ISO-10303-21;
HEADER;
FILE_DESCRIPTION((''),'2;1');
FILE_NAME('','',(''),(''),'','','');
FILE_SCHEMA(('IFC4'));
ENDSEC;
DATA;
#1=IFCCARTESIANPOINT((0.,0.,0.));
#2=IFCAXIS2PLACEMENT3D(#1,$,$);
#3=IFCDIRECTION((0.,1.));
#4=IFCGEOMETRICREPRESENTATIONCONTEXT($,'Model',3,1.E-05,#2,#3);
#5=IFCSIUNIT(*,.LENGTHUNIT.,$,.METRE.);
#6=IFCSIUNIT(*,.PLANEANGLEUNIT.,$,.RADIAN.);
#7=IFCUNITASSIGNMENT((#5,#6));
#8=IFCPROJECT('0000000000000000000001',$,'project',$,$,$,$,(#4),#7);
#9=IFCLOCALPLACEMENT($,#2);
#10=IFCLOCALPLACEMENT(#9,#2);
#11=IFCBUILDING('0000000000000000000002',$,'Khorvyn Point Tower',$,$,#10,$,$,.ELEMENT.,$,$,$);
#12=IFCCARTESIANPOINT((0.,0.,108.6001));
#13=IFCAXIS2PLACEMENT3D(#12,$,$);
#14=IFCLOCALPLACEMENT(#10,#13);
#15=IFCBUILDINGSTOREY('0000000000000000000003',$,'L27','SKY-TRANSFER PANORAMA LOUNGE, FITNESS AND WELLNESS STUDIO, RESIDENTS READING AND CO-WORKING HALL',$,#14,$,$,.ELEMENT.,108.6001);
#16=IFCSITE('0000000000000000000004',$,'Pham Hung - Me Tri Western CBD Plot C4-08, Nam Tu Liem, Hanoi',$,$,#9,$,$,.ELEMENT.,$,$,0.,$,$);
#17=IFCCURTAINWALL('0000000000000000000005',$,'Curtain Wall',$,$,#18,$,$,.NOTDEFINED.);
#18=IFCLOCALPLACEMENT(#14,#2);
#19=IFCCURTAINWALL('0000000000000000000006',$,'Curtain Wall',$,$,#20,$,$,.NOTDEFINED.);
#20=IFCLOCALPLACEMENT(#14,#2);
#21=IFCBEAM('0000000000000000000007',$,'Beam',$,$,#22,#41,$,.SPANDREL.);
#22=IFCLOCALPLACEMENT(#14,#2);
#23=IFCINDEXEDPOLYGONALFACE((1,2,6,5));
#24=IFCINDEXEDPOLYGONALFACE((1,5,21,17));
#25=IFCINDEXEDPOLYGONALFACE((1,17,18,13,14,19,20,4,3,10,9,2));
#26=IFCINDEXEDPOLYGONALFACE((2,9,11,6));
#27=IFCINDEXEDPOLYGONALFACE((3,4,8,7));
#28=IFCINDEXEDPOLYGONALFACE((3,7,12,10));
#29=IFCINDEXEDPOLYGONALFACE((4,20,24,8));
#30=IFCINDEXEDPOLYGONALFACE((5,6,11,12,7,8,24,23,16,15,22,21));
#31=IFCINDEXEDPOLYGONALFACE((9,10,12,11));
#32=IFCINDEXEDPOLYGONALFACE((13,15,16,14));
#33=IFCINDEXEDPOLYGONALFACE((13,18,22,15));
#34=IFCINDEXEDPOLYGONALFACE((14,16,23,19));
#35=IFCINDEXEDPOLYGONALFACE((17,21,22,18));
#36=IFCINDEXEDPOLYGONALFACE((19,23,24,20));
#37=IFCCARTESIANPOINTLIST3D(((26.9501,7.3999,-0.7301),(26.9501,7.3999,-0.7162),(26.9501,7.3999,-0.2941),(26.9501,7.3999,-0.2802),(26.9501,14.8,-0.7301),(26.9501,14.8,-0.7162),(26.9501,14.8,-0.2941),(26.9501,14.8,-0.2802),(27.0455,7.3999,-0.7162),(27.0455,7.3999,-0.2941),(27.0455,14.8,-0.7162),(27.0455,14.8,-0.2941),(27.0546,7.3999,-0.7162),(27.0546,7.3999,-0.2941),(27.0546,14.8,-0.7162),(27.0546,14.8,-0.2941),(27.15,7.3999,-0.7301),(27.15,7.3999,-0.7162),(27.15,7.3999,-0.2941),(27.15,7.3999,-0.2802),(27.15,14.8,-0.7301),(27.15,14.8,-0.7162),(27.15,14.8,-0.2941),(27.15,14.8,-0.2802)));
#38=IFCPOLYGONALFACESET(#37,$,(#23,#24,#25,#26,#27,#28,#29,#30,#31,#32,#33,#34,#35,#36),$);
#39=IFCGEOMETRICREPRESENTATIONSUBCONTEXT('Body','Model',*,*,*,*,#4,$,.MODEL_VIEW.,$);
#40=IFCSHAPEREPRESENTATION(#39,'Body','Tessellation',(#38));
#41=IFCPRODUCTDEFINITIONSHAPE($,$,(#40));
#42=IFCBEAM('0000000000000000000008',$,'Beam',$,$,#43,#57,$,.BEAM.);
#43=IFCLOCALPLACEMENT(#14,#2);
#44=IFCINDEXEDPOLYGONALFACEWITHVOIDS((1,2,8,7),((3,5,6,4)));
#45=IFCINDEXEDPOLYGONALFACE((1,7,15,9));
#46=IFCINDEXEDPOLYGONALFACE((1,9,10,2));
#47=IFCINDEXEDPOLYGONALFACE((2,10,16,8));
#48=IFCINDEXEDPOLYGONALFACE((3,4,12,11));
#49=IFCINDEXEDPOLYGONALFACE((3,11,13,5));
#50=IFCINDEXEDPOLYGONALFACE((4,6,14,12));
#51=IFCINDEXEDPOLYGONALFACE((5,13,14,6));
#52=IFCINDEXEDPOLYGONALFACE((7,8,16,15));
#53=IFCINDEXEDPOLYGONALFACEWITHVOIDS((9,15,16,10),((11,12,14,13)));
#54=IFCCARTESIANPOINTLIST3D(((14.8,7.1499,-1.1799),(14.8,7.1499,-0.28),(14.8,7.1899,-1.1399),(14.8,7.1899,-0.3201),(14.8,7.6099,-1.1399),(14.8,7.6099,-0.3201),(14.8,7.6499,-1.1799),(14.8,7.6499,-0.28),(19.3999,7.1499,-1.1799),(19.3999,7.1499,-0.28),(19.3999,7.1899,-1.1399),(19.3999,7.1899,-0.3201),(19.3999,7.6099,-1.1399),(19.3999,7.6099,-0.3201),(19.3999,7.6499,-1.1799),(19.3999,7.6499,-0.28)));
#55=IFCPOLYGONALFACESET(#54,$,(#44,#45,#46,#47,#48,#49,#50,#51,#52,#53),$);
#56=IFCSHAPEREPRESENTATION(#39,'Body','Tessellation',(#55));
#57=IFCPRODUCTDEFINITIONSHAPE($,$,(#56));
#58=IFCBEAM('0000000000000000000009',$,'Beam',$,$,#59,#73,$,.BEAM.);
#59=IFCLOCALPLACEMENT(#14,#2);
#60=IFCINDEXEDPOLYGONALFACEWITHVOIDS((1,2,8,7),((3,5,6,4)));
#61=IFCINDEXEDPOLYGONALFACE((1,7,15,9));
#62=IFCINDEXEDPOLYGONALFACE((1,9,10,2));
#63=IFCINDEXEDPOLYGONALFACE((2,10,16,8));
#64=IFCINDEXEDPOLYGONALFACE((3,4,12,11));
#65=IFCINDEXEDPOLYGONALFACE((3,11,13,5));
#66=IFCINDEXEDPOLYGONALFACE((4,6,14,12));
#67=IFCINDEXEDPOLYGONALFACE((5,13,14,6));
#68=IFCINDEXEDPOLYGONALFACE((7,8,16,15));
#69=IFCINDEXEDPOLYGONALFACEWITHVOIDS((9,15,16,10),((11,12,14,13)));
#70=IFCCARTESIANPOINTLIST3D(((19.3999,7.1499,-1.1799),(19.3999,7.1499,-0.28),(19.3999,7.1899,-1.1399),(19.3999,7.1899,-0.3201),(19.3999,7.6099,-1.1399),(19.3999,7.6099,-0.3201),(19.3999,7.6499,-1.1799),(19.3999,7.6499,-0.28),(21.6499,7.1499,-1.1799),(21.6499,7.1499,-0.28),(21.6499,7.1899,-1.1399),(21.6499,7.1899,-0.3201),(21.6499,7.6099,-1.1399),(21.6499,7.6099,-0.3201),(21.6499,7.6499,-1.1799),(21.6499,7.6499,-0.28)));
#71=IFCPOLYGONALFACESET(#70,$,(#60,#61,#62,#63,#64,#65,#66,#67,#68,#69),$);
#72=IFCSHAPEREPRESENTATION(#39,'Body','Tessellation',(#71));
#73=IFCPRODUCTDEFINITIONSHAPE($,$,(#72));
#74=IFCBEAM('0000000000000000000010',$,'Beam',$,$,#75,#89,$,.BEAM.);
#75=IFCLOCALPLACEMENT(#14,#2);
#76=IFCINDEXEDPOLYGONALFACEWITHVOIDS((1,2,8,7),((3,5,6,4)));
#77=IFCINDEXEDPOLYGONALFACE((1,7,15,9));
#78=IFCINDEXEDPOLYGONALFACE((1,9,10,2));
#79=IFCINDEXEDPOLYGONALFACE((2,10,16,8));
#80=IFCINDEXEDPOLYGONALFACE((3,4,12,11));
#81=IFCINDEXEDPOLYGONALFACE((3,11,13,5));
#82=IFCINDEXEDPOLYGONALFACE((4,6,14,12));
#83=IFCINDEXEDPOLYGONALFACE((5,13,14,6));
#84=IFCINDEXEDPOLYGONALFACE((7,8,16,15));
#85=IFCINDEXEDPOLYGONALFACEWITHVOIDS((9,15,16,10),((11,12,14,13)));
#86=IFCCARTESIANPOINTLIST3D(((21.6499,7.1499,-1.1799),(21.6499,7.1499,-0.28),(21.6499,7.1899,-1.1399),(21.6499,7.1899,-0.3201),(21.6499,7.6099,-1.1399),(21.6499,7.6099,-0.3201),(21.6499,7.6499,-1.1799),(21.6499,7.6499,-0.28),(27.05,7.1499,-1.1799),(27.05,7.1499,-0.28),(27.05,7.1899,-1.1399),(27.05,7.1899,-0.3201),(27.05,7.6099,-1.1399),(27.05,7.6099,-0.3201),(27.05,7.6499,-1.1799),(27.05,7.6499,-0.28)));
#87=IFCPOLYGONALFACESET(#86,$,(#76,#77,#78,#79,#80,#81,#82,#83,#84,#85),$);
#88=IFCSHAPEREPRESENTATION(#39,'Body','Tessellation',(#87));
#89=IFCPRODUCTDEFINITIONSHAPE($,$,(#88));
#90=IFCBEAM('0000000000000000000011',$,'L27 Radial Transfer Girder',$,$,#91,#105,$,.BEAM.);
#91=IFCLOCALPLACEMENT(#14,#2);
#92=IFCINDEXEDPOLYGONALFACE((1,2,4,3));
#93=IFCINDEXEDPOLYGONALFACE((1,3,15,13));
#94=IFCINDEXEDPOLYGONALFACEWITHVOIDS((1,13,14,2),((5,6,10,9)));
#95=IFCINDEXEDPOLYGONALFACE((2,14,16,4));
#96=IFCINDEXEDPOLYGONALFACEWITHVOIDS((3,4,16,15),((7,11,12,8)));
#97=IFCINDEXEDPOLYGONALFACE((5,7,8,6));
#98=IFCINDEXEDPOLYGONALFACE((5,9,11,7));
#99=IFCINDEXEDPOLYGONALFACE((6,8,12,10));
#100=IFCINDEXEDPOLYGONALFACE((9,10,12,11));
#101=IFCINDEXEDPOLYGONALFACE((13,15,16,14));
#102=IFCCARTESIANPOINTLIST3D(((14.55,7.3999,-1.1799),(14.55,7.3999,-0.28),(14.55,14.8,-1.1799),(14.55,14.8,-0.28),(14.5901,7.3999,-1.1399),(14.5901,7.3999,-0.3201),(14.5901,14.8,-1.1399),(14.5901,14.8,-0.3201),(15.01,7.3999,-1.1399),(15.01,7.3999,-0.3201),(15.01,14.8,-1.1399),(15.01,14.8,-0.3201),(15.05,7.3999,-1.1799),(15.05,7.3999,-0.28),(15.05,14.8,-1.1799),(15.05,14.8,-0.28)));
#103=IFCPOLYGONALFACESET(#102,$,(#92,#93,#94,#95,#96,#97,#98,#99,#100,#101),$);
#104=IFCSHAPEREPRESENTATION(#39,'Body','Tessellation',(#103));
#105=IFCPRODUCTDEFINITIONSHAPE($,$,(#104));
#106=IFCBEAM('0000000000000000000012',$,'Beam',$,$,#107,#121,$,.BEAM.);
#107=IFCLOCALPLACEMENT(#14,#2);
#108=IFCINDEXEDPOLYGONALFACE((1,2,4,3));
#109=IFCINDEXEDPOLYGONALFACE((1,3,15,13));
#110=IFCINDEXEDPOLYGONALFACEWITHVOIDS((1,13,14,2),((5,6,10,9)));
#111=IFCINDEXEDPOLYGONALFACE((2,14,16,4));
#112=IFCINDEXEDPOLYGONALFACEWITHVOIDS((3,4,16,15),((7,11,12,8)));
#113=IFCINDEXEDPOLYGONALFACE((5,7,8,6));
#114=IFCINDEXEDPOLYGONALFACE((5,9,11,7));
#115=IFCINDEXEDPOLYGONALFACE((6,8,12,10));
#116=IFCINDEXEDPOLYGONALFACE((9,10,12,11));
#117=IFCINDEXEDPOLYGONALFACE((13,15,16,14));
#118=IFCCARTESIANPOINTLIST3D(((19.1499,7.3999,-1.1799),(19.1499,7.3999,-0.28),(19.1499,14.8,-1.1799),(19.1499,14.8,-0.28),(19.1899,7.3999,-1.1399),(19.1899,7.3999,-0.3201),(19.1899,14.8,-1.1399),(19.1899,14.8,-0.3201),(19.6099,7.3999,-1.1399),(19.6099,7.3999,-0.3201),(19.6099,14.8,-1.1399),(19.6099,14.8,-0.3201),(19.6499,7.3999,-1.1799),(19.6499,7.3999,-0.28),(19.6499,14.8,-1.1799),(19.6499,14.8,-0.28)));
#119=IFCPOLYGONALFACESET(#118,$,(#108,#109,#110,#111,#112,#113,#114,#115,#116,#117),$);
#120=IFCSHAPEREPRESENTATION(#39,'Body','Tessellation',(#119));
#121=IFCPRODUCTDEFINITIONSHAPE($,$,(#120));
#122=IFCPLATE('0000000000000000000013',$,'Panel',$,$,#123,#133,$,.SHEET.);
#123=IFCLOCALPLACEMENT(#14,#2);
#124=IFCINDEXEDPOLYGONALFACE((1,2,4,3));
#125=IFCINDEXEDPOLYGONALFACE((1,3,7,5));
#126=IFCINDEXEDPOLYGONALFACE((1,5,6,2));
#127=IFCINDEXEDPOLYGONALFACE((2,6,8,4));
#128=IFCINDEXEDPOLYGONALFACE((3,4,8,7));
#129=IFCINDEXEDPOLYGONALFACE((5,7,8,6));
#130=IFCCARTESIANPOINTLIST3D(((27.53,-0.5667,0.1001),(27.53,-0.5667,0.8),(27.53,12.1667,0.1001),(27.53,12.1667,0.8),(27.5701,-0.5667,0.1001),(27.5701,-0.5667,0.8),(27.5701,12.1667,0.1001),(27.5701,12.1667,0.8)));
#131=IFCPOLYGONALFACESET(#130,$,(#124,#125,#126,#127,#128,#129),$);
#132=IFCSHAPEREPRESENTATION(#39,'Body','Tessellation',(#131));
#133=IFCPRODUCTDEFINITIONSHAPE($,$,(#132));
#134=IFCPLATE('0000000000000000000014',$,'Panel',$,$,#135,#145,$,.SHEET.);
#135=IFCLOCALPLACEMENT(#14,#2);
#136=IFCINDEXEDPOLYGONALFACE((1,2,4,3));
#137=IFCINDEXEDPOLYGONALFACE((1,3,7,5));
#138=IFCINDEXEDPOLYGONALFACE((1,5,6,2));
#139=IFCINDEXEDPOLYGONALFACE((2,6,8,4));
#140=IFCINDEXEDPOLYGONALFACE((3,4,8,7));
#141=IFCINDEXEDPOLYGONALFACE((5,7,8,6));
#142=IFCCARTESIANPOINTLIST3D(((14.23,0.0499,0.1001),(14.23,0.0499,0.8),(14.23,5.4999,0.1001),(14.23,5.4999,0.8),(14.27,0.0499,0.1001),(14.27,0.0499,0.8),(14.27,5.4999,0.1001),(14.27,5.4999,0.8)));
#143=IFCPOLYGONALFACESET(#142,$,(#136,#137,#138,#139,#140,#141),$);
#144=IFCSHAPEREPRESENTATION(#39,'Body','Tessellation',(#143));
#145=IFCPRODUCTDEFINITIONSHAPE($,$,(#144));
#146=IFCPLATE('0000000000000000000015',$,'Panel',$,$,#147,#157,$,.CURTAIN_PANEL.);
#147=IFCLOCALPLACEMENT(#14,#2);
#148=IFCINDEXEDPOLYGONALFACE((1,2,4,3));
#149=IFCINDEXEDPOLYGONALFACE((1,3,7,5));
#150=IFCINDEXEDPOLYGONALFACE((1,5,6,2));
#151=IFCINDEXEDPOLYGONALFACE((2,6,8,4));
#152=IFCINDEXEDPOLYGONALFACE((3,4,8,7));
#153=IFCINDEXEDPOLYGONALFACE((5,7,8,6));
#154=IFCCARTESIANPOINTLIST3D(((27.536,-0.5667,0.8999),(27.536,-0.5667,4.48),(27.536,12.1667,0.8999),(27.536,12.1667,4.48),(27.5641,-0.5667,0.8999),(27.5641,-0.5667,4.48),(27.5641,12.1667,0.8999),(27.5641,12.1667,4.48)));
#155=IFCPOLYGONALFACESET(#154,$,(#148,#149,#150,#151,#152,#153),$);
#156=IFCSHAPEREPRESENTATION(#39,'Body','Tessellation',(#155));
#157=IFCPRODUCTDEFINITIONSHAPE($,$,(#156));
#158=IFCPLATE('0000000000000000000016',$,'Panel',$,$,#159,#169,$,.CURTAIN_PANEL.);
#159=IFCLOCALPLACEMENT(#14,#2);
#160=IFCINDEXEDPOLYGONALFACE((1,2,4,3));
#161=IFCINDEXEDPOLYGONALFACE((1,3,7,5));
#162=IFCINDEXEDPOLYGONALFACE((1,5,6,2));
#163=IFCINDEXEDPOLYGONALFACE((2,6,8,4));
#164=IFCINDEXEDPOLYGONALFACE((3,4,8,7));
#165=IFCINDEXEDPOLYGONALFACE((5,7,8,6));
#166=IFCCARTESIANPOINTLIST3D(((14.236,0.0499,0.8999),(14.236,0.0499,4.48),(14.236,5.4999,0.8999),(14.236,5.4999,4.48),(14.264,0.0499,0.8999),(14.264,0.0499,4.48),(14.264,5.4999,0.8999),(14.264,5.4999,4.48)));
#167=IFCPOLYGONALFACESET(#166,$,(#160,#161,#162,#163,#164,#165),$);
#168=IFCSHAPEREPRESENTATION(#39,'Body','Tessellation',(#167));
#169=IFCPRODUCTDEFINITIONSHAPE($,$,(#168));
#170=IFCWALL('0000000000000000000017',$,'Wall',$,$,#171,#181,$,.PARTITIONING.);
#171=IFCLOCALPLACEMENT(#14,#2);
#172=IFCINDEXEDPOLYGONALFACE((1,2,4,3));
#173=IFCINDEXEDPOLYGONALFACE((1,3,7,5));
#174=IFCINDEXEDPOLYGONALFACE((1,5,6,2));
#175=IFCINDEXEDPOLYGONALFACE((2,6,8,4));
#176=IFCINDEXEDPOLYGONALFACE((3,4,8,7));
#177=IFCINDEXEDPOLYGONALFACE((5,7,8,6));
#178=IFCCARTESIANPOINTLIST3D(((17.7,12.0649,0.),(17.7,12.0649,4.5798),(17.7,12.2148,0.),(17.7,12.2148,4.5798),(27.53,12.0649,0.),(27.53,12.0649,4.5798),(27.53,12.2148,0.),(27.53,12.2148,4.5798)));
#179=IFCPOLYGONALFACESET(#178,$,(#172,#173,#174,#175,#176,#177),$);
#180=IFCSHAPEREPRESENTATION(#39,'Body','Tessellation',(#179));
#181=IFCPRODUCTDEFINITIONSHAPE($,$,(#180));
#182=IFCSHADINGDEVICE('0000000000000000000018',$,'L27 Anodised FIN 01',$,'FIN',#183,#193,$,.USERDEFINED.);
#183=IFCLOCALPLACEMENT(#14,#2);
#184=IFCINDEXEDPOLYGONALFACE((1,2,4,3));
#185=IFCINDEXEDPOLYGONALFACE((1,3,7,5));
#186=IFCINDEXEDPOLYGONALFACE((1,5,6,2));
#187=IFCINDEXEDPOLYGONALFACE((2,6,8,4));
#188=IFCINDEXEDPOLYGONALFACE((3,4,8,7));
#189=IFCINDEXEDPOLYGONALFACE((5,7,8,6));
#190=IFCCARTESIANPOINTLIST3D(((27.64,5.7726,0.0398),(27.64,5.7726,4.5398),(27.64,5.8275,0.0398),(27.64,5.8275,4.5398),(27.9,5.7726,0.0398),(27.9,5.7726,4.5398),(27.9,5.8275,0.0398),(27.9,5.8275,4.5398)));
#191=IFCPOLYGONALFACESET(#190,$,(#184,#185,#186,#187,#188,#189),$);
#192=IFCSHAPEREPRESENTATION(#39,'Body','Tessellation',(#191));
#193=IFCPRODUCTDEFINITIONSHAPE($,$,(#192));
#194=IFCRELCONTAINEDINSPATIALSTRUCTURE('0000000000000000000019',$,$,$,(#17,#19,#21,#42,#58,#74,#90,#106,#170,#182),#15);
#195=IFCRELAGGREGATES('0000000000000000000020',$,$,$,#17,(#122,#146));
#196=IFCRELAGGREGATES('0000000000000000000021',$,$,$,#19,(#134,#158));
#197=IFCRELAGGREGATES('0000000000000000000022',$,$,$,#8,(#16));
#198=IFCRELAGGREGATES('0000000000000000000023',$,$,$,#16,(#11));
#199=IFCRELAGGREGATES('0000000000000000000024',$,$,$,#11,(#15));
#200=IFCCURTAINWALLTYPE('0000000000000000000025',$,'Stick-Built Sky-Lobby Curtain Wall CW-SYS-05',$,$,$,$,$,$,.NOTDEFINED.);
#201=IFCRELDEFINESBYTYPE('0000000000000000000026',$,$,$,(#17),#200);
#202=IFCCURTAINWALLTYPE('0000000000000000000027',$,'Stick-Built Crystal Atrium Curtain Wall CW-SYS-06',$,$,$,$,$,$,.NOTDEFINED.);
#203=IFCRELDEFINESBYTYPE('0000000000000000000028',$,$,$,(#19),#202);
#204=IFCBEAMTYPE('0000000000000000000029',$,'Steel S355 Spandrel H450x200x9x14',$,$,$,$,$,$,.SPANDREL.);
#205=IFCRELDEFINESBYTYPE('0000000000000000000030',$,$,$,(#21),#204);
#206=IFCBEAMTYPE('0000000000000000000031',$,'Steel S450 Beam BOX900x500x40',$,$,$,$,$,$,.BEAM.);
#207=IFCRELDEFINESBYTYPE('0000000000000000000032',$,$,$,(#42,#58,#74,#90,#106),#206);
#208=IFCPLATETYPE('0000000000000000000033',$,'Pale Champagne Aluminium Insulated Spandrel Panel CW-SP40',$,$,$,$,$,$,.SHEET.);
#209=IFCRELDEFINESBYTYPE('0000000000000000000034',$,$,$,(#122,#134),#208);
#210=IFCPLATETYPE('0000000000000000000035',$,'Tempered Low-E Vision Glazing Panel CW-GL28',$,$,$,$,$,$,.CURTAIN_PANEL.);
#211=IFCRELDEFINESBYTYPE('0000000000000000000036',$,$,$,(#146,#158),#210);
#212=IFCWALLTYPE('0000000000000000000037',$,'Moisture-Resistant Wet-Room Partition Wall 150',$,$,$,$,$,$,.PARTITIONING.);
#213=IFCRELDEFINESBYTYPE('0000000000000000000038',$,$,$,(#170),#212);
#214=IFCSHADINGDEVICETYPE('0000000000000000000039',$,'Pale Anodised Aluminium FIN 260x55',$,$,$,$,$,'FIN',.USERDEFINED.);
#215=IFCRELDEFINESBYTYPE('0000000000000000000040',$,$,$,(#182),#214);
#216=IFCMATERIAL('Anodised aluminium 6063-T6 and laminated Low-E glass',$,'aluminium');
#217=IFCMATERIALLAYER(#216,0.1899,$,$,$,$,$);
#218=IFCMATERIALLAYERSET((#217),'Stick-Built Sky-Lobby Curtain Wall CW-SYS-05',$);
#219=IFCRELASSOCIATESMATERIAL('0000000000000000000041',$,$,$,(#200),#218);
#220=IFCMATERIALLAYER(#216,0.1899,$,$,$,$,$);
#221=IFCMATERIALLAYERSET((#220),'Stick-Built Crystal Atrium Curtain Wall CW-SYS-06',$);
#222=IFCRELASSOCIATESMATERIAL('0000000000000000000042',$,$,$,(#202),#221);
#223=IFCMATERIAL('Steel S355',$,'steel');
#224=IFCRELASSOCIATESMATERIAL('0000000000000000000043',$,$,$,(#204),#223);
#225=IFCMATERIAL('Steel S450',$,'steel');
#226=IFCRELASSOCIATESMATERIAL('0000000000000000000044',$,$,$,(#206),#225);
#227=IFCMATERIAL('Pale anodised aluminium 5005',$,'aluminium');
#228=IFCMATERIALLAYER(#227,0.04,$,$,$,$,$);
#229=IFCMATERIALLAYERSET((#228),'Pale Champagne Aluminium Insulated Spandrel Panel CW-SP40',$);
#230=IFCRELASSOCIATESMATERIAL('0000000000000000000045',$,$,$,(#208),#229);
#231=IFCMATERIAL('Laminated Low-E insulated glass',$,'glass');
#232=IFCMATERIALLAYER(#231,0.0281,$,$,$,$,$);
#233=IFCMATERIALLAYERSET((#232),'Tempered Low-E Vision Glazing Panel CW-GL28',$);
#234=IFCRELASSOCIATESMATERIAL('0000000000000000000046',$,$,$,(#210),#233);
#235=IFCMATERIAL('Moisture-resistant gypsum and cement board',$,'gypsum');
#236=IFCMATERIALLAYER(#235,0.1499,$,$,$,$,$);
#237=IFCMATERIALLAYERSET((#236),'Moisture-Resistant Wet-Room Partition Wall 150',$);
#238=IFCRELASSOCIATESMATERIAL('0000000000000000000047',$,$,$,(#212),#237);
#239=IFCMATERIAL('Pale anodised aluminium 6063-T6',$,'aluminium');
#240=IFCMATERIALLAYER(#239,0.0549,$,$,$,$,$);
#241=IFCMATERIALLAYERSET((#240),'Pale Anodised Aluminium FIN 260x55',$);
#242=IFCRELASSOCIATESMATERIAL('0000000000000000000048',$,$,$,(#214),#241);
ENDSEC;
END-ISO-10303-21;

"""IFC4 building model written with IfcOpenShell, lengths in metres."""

from ifc_helpers import new_model, si_unit, direction, frame, frame_2d, origin, origin_2d, place, context, subcontext, project, spatial, rectangle, hollow_rectangle, i_section, extrude, material, layer, layer_set, material_profile, profile_set, type_object, element, aggregate, save


model = new_model("IFC4")

# Units and contexts
model_context = context("Model", 3, precision=1e-05, world=origin(), true_north=direction((0.0, 1.0)))
body_context = subcontext(model_context, "Body", "Model", "MODEL_VIEW")
ifc_project = project(units=[si_unit("LENGTHUNIT", "METRE"), si_unit("PLANEANGLEUNIT", "RADIAN")], contexts=[model_context])

# Site, building, storey
site_placement = place(None, origin())
site = spatial("IfcSite", under=ifc_project, at=site_placement, Name="Pham Hung - Me Tri Western CBD Plot C4-08, Nam Tu Liem, Hanoi", CompositionType="ELEMENT", RefElevation=0.0)
building_placement = place(site_placement, origin())
building = spatial("IfcBuilding", under=site, at=building_placement, Name="Khorvyn Point Tower", CompositionType="ELEMENT")
storey_placement = place(building_placement, frame((0.0, 0.0, 108.6001)))
storey = spatial("IfcBuildingStorey", under=building, at=storey_placement, Name="L27", Description="SKY-TRANSFER PANORAMA LOUNGE, FITNESS AND WELLNESS STUDIO, RESIDENTS READING AND CO-WORKING HALL", CompositionType="ELEMENT", Elevation=108.6001)

# Shared definitions
ifc_material_1 = material(Name="Steel S450", Category="steel")

# Curtain walls
ifc_material_2 = material(Name="Anodised aluminium 6063-T6 and laminated Low-E glass", Category="aluminium")
ifc_layer_1 = layer(ifc_material_2, 0.1899)
ifc_layer_set_1 = layer_set([ifc_layer_1], Name="Stick-Built Sky-Lobby Curtain Wall CW-SYS-05")
curtain_wall_type_1 = type_object("IfcCurtainWallType", Name="Stick-Built Sky-Lobby Curtain Wall CW-SYS-05", PredefinedType="NOTDEFINED", material=ifc_layer_set_1)
curtain_wall_1_placement = place(storey_placement, origin())
curtain_wall_1 = element("IfcCurtainWall", 1, at=curtain_wall_1_placement, inside=storey, type_object=curtain_wall_type_1, Name="Curtain Wall", PredefinedType="NOTDEFINED")
ifc_layer_2 = layer(ifc_material_2, 0.1899)
ifc_layer_set_2 = layer_set([ifc_layer_2], Name="Stick-Built Crystal Atrium Curtain Wall CW-SYS-06")
curtain_wall_type_2 = type_object("IfcCurtainWallType", Name="Stick-Built Crystal Atrium Curtain Wall CW-SYS-06", PredefinedType="NOTDEFINED", material=ifc_layer_set_2)
curtain_wall_2_placement = place(storey_placement, origin())
curtain_wall_2 = element("IfcCurtainWall", 2, at=curtain_wall_2_placement, inside=storey, type_object=curtain_wall_type_2, Name="Curtain Wall", PredefinedType="NOTDEFINED")

# Beams
ifc_material_3 = material(Name="Steel S355", Category="steel")
ifc_material_profile_1 = material_profile(ifc_material_3, i_section(OverallWidth=0.2, OverallDepth=0.45, WebThickness=0.009, FlangeThickness=0.0139, at=origin_2d()))
ifc_profile_set_1 = profile_set([ifc_material_profile_1], Name="Steel S355 H450x200x9x14")
beam_type_1 = type_object("IfcBeamType", Name="Steel S355 Spandrel H450x200x9x14", PredefinedType="SPANDREL", material=ifc_profile_set_1)
beam_1_placement = place(storey_placement, frame((27.05, 7.3999, -0.5051), z_axis=(0.0, 1.0, 0.0), x_axis=(-1.0, 0.0, 0.0)))
element("IfcBeam", 3, at=beam_1_placement, inside=storey, type_object=beam_type_1, Name="Beam", PredefinedType="SPANDREL", context=body_context, shape_type="SweptSolid", body=[
    extrude(i_section(OverallWidth=0.2, OverallDepth=0.45, WebThickness=0.009, FlangeThickness=0.0139, at=origin_2d()), origin(), (0.0, 0.0, 1.0), 7.4001),
])
ifc_material_profile_2 = material_profile(ifc_material_1, hollow_rectangle(XDim=0.5, YDim=0.8999, WallThickness=0.04, at=origin_2d()))
ifc_profile_set_2 = profile_set([ifc_material_profile_2], Name="Steel S450 BOX900x500x40")
beam_type_2 = type_object("IfcBeamType", Name="Steel S450 Beam BOX900x500x40", PredefinedType="BEAM", material=ifc_profile_set_2)
beam_2_placement = place(storey_placement, frame((14.8, 7.3999, -0.73), z_axis=(1.0, 0.0, 0.0), x_axis=(0.0, 1.0, 0.0)))
element("IfcBeam", 4, at=beam_2_placement, inside=storey, type_object=beam_type_2, Name="Beam", PredefinedType="BEAM", context=body_context, shape_type="SweptSolid", body=[
    extrude(hollow_rectangle(XDim=0.5, YDim=0.8999, WallThickness=0.04, at=origin_2d()), origin(), (0.0, 0.0, 1.0), 4.5999),
])
beam_3_placement = place(storey_placement, frame((19.3999, 7.3999, -0.73), z_axis=(1.0, 0.0, 0.0), x_axis=(0.0, 1.0, 0.0)))
element("IfcBeam", 5, at=beam_3_placement, inside=storey, type_object=beam_type_2, Name="Beam", PredefinedType="BEAM", context=body_context, shape_type="SweptSolid", body=[
    extrude(hollow_rectangle(XDim=0.5, YDim=0.8999, WallThickness=0.04, at=origin_2d()), origin(), (0.0, 0.0, 1.0), 2.25),
])
beam_4_placement = place(storey_placement, frame((21.6499, 7.3999, -0.73), z_axis=(1.0, 0.0, 0.0), x_axis=(0.0, 1.0, 0.0)))
element("IfcBeam", 6, at=beam_4_placement, inside=storey, type_object=beam_type_2, Name="Beam", PredefinedType="BEAM", context=body_context, shape_type="SweptSolid", body=[
    extrude(hollow_rectangle(XDim=0.5, YDim=0.8999, WallThickness=0.04, at=origin_2d()), origin(), (0.0, 0.0, 1.0), 5.4001),
])
for number, where, z_axis, x_axis, name in (
    (7, (14.8, 7.3999, -0.73), (0.0, 1.0, 0.0), (-1.0, 0.0, 0.0), "L27 Radial Transfer Girder"),
    (8, (19.3999, 7.3999, -0.73), (0.0, 1.0, 0.0), (-1.0, 0.0, 0.0), "Beam"),
):
    element("IfcBeam", number, at=place(storey_placement, frame(where, z_axis=z_axis, x_axis=x_axis)), inside=storey, type_object=beam_type_2, Name=name, PredefinedType="BEAM", context=body_context, shape_type="SweptSolid", body=[
        extrude(hollow_rectangle(XDim=0.5, YDim=0.8999, WallThickness=0.04, at=origin_2d()), origin(), (0.0, 0.0, 1.0), 7.4001),
    ])

# Plates
ifc_material_4 = material(Name="Pale anodised aluminium 5005", Category="aluminium")
ifc_layer_3 = layer(ifc_material_4, 0.04)
ifc_layer_set_3 = layer_set([ifc_layer_3], Name="Pale Champagne Aluminium Insulated Spandrel Panel CW-SP40")
plate_type_1 = type_object("IfcPlateType", Name="Pale Champagne Aluminium Insulated Spandrel Panel CW-SP40", PredefinedType="SHEET", material=ifc_layer_set_3)
plate_1_placement = place(storey_placement, frame((27.55, 5.8, 0.1001), z_axis=(0.0, 0.0, 1.0), x_axis=(0.0, -1.0, 0.0)))
plate_1 = element("IfcPlate", 9, at=plate_1_placement, type_object=plate_type_1, Name="Panel", PredefinedType="SHEET", context=body_context, shape_type="SweptSolid", body=[
    extrude(rectangle(XDim=12.7334, YDim=0.04, at=origin_2d()), origin(), (0.0, 0.0, 1.0), 0.7),
])
plate_2_placement = place(storey_placement, frame((14.25, 2.7749, 0.1001), z_axis=(0.0, 0.0, 1.0), x_axis=(0.0, 1.0, 0.0)))
plate_2 = element("IfcPlate", 10, at=plate_2_placement, type_object=plate_type_1, Name="Panel", PredefinedType="SHEET", context=body_context, shape_type="SweptSolid", body=[
    extrude(rectangle(XDim=5.45, YDim=0.04, at=origin_2d()), origin(), (0.0, 0.0, 1.0), 0.7),
])
ifc_material_5 = material(Name="Laminated Low-E insulated glass", Category="glass")
ifc_layer_4 = layer(ifc_material_5, 0.0281)
ifc_layer_set_4 = layer_set([ifc_layer_4], Name="Tempered Low-E Vision Glazing Panel CW-GL28")
plate_type_2 = type_object("IfcPlateType", Name="Tempered Low-E Vision Glazing Panel CW-GL28", PredefinedType="CURTAIN_PANEL", material=ifc_layer_set_4)
plate_3_placement = place(storey_placement, frame((27.55, 5.8, 0.8999), z_axis=(0.0, 0.0, 1.0), x_axis=(0.0, -1.0, 0.0)))
plate_3 = element("IfcPlate", 11, at=plate_3_placement, type_object=plate_type_2, Name="Panel", PredefinedType="CURTAIN_PANEL", context=body_context, shape_type="SweptSolid", body=[
    extrude(rectangle(XDim=12.7334, YDim=0.0281, at=origin_2d()), origin(), (0.0, 0.0, 1.0), 3.5801),
])
aggregate(curtain_wall_1, [plate_1, plate_3])
plate_4_placement = place(storey_placement, frame((14.25, 2.7749, 0.8999), z_axis=(0.0, 0.0, 1.0), x_axis=(0.0, 1.0, 0.0)))
plate_4 = element("IfcPlate", 12, at=plate_4_placement, type_object=plate_type_2, Name="Panel", PredefinedType="CURTAIN_PANEL", context=body_context, shape_type="SweptSolid", body=[
    extrude(rectangle(XDim=5.45, YDim=0.0281, at=origin_2d()), origin(), (0.0, 0.0, 1.0), 3.5801),
])
aggregate(curtain_wall_2, [plate_2, plate_4])

# Wall
ifc_material_6 = material(Name="Moisture-resistant gypsum and cement board", Category="gypsum")
ifc_layer_5 = layer(ifc_material_6, 0.1499)
ifc_layer_set_5 = layer_set([ifc_layer_5], Name="Moisture-Resistant Wet-Room Partition Wall 150")
wall_type = type_object("IfcWallType", Name="Moisture-Resistant Wet-Room Partition Wall 150", PredefinedType="PARTITIONING", material=ifc_layer_set_5)
wall_placement = place(storey_placement, frame((17.7, 12.1399, 0.0), z_axis=(0.0, 0.0, 1.0), x_axis=(1.0, 0.0, 0.0)))
element("IfcWall", 13, at=wall_placement, inside=storey, type_object=wall_type, Name="Wall", PredefinedType="PARTITIONING", context=body_context, shape_type="SweptSolid", body=[
    extrude(rectangle(XDim=9.8301, YDim=0.1499, at=frame_2d((4.915, 0.0))), origin(), (0.0, 0.0, 1.0), 4.5798),
])

# Shading device
ifc_material_7 = material(Name="Pale anodised aluminium 6063-T6", Category="aluminium")
ifc_layer_6 = layer(ifc_material_7, 0.0549)
ifc_layer_set_6 = layer_set([ifc_layer_6], Name="Pale Anodised Aluminium FIN 260x55")
shading_device_type = type_object("IfcShadingDeviceType", Name="Pale Anodised Aluminium FIN 260x55", ElementType="FIN", PredefinedType="USERDEFINED", material=ifc_layer_set_6)
shading_device_placement = place(storey_placement, frame((27.77, 5.8, 0.0398), z_axis=(0.0, 0.0, 1.0), x_axis=(1.0, 0.0, 0.0)))
element("IfcShadingDevice", 14, at=shading_device_placement, inside=storey, type_object=shading_device_type, Name="L27 Anodised FIN 01", ObjectType="FIN", PredefinedType="USERDEFINED", context=body_context, shape_type="SweptSolid", body=[
    extrude(rectangle(XDim=0.26, YDim=0.0549, at=origin_2d()), origin(), (0.0, 0.0, 1.0), 4.5),
])

save(model, "model.ifc")
